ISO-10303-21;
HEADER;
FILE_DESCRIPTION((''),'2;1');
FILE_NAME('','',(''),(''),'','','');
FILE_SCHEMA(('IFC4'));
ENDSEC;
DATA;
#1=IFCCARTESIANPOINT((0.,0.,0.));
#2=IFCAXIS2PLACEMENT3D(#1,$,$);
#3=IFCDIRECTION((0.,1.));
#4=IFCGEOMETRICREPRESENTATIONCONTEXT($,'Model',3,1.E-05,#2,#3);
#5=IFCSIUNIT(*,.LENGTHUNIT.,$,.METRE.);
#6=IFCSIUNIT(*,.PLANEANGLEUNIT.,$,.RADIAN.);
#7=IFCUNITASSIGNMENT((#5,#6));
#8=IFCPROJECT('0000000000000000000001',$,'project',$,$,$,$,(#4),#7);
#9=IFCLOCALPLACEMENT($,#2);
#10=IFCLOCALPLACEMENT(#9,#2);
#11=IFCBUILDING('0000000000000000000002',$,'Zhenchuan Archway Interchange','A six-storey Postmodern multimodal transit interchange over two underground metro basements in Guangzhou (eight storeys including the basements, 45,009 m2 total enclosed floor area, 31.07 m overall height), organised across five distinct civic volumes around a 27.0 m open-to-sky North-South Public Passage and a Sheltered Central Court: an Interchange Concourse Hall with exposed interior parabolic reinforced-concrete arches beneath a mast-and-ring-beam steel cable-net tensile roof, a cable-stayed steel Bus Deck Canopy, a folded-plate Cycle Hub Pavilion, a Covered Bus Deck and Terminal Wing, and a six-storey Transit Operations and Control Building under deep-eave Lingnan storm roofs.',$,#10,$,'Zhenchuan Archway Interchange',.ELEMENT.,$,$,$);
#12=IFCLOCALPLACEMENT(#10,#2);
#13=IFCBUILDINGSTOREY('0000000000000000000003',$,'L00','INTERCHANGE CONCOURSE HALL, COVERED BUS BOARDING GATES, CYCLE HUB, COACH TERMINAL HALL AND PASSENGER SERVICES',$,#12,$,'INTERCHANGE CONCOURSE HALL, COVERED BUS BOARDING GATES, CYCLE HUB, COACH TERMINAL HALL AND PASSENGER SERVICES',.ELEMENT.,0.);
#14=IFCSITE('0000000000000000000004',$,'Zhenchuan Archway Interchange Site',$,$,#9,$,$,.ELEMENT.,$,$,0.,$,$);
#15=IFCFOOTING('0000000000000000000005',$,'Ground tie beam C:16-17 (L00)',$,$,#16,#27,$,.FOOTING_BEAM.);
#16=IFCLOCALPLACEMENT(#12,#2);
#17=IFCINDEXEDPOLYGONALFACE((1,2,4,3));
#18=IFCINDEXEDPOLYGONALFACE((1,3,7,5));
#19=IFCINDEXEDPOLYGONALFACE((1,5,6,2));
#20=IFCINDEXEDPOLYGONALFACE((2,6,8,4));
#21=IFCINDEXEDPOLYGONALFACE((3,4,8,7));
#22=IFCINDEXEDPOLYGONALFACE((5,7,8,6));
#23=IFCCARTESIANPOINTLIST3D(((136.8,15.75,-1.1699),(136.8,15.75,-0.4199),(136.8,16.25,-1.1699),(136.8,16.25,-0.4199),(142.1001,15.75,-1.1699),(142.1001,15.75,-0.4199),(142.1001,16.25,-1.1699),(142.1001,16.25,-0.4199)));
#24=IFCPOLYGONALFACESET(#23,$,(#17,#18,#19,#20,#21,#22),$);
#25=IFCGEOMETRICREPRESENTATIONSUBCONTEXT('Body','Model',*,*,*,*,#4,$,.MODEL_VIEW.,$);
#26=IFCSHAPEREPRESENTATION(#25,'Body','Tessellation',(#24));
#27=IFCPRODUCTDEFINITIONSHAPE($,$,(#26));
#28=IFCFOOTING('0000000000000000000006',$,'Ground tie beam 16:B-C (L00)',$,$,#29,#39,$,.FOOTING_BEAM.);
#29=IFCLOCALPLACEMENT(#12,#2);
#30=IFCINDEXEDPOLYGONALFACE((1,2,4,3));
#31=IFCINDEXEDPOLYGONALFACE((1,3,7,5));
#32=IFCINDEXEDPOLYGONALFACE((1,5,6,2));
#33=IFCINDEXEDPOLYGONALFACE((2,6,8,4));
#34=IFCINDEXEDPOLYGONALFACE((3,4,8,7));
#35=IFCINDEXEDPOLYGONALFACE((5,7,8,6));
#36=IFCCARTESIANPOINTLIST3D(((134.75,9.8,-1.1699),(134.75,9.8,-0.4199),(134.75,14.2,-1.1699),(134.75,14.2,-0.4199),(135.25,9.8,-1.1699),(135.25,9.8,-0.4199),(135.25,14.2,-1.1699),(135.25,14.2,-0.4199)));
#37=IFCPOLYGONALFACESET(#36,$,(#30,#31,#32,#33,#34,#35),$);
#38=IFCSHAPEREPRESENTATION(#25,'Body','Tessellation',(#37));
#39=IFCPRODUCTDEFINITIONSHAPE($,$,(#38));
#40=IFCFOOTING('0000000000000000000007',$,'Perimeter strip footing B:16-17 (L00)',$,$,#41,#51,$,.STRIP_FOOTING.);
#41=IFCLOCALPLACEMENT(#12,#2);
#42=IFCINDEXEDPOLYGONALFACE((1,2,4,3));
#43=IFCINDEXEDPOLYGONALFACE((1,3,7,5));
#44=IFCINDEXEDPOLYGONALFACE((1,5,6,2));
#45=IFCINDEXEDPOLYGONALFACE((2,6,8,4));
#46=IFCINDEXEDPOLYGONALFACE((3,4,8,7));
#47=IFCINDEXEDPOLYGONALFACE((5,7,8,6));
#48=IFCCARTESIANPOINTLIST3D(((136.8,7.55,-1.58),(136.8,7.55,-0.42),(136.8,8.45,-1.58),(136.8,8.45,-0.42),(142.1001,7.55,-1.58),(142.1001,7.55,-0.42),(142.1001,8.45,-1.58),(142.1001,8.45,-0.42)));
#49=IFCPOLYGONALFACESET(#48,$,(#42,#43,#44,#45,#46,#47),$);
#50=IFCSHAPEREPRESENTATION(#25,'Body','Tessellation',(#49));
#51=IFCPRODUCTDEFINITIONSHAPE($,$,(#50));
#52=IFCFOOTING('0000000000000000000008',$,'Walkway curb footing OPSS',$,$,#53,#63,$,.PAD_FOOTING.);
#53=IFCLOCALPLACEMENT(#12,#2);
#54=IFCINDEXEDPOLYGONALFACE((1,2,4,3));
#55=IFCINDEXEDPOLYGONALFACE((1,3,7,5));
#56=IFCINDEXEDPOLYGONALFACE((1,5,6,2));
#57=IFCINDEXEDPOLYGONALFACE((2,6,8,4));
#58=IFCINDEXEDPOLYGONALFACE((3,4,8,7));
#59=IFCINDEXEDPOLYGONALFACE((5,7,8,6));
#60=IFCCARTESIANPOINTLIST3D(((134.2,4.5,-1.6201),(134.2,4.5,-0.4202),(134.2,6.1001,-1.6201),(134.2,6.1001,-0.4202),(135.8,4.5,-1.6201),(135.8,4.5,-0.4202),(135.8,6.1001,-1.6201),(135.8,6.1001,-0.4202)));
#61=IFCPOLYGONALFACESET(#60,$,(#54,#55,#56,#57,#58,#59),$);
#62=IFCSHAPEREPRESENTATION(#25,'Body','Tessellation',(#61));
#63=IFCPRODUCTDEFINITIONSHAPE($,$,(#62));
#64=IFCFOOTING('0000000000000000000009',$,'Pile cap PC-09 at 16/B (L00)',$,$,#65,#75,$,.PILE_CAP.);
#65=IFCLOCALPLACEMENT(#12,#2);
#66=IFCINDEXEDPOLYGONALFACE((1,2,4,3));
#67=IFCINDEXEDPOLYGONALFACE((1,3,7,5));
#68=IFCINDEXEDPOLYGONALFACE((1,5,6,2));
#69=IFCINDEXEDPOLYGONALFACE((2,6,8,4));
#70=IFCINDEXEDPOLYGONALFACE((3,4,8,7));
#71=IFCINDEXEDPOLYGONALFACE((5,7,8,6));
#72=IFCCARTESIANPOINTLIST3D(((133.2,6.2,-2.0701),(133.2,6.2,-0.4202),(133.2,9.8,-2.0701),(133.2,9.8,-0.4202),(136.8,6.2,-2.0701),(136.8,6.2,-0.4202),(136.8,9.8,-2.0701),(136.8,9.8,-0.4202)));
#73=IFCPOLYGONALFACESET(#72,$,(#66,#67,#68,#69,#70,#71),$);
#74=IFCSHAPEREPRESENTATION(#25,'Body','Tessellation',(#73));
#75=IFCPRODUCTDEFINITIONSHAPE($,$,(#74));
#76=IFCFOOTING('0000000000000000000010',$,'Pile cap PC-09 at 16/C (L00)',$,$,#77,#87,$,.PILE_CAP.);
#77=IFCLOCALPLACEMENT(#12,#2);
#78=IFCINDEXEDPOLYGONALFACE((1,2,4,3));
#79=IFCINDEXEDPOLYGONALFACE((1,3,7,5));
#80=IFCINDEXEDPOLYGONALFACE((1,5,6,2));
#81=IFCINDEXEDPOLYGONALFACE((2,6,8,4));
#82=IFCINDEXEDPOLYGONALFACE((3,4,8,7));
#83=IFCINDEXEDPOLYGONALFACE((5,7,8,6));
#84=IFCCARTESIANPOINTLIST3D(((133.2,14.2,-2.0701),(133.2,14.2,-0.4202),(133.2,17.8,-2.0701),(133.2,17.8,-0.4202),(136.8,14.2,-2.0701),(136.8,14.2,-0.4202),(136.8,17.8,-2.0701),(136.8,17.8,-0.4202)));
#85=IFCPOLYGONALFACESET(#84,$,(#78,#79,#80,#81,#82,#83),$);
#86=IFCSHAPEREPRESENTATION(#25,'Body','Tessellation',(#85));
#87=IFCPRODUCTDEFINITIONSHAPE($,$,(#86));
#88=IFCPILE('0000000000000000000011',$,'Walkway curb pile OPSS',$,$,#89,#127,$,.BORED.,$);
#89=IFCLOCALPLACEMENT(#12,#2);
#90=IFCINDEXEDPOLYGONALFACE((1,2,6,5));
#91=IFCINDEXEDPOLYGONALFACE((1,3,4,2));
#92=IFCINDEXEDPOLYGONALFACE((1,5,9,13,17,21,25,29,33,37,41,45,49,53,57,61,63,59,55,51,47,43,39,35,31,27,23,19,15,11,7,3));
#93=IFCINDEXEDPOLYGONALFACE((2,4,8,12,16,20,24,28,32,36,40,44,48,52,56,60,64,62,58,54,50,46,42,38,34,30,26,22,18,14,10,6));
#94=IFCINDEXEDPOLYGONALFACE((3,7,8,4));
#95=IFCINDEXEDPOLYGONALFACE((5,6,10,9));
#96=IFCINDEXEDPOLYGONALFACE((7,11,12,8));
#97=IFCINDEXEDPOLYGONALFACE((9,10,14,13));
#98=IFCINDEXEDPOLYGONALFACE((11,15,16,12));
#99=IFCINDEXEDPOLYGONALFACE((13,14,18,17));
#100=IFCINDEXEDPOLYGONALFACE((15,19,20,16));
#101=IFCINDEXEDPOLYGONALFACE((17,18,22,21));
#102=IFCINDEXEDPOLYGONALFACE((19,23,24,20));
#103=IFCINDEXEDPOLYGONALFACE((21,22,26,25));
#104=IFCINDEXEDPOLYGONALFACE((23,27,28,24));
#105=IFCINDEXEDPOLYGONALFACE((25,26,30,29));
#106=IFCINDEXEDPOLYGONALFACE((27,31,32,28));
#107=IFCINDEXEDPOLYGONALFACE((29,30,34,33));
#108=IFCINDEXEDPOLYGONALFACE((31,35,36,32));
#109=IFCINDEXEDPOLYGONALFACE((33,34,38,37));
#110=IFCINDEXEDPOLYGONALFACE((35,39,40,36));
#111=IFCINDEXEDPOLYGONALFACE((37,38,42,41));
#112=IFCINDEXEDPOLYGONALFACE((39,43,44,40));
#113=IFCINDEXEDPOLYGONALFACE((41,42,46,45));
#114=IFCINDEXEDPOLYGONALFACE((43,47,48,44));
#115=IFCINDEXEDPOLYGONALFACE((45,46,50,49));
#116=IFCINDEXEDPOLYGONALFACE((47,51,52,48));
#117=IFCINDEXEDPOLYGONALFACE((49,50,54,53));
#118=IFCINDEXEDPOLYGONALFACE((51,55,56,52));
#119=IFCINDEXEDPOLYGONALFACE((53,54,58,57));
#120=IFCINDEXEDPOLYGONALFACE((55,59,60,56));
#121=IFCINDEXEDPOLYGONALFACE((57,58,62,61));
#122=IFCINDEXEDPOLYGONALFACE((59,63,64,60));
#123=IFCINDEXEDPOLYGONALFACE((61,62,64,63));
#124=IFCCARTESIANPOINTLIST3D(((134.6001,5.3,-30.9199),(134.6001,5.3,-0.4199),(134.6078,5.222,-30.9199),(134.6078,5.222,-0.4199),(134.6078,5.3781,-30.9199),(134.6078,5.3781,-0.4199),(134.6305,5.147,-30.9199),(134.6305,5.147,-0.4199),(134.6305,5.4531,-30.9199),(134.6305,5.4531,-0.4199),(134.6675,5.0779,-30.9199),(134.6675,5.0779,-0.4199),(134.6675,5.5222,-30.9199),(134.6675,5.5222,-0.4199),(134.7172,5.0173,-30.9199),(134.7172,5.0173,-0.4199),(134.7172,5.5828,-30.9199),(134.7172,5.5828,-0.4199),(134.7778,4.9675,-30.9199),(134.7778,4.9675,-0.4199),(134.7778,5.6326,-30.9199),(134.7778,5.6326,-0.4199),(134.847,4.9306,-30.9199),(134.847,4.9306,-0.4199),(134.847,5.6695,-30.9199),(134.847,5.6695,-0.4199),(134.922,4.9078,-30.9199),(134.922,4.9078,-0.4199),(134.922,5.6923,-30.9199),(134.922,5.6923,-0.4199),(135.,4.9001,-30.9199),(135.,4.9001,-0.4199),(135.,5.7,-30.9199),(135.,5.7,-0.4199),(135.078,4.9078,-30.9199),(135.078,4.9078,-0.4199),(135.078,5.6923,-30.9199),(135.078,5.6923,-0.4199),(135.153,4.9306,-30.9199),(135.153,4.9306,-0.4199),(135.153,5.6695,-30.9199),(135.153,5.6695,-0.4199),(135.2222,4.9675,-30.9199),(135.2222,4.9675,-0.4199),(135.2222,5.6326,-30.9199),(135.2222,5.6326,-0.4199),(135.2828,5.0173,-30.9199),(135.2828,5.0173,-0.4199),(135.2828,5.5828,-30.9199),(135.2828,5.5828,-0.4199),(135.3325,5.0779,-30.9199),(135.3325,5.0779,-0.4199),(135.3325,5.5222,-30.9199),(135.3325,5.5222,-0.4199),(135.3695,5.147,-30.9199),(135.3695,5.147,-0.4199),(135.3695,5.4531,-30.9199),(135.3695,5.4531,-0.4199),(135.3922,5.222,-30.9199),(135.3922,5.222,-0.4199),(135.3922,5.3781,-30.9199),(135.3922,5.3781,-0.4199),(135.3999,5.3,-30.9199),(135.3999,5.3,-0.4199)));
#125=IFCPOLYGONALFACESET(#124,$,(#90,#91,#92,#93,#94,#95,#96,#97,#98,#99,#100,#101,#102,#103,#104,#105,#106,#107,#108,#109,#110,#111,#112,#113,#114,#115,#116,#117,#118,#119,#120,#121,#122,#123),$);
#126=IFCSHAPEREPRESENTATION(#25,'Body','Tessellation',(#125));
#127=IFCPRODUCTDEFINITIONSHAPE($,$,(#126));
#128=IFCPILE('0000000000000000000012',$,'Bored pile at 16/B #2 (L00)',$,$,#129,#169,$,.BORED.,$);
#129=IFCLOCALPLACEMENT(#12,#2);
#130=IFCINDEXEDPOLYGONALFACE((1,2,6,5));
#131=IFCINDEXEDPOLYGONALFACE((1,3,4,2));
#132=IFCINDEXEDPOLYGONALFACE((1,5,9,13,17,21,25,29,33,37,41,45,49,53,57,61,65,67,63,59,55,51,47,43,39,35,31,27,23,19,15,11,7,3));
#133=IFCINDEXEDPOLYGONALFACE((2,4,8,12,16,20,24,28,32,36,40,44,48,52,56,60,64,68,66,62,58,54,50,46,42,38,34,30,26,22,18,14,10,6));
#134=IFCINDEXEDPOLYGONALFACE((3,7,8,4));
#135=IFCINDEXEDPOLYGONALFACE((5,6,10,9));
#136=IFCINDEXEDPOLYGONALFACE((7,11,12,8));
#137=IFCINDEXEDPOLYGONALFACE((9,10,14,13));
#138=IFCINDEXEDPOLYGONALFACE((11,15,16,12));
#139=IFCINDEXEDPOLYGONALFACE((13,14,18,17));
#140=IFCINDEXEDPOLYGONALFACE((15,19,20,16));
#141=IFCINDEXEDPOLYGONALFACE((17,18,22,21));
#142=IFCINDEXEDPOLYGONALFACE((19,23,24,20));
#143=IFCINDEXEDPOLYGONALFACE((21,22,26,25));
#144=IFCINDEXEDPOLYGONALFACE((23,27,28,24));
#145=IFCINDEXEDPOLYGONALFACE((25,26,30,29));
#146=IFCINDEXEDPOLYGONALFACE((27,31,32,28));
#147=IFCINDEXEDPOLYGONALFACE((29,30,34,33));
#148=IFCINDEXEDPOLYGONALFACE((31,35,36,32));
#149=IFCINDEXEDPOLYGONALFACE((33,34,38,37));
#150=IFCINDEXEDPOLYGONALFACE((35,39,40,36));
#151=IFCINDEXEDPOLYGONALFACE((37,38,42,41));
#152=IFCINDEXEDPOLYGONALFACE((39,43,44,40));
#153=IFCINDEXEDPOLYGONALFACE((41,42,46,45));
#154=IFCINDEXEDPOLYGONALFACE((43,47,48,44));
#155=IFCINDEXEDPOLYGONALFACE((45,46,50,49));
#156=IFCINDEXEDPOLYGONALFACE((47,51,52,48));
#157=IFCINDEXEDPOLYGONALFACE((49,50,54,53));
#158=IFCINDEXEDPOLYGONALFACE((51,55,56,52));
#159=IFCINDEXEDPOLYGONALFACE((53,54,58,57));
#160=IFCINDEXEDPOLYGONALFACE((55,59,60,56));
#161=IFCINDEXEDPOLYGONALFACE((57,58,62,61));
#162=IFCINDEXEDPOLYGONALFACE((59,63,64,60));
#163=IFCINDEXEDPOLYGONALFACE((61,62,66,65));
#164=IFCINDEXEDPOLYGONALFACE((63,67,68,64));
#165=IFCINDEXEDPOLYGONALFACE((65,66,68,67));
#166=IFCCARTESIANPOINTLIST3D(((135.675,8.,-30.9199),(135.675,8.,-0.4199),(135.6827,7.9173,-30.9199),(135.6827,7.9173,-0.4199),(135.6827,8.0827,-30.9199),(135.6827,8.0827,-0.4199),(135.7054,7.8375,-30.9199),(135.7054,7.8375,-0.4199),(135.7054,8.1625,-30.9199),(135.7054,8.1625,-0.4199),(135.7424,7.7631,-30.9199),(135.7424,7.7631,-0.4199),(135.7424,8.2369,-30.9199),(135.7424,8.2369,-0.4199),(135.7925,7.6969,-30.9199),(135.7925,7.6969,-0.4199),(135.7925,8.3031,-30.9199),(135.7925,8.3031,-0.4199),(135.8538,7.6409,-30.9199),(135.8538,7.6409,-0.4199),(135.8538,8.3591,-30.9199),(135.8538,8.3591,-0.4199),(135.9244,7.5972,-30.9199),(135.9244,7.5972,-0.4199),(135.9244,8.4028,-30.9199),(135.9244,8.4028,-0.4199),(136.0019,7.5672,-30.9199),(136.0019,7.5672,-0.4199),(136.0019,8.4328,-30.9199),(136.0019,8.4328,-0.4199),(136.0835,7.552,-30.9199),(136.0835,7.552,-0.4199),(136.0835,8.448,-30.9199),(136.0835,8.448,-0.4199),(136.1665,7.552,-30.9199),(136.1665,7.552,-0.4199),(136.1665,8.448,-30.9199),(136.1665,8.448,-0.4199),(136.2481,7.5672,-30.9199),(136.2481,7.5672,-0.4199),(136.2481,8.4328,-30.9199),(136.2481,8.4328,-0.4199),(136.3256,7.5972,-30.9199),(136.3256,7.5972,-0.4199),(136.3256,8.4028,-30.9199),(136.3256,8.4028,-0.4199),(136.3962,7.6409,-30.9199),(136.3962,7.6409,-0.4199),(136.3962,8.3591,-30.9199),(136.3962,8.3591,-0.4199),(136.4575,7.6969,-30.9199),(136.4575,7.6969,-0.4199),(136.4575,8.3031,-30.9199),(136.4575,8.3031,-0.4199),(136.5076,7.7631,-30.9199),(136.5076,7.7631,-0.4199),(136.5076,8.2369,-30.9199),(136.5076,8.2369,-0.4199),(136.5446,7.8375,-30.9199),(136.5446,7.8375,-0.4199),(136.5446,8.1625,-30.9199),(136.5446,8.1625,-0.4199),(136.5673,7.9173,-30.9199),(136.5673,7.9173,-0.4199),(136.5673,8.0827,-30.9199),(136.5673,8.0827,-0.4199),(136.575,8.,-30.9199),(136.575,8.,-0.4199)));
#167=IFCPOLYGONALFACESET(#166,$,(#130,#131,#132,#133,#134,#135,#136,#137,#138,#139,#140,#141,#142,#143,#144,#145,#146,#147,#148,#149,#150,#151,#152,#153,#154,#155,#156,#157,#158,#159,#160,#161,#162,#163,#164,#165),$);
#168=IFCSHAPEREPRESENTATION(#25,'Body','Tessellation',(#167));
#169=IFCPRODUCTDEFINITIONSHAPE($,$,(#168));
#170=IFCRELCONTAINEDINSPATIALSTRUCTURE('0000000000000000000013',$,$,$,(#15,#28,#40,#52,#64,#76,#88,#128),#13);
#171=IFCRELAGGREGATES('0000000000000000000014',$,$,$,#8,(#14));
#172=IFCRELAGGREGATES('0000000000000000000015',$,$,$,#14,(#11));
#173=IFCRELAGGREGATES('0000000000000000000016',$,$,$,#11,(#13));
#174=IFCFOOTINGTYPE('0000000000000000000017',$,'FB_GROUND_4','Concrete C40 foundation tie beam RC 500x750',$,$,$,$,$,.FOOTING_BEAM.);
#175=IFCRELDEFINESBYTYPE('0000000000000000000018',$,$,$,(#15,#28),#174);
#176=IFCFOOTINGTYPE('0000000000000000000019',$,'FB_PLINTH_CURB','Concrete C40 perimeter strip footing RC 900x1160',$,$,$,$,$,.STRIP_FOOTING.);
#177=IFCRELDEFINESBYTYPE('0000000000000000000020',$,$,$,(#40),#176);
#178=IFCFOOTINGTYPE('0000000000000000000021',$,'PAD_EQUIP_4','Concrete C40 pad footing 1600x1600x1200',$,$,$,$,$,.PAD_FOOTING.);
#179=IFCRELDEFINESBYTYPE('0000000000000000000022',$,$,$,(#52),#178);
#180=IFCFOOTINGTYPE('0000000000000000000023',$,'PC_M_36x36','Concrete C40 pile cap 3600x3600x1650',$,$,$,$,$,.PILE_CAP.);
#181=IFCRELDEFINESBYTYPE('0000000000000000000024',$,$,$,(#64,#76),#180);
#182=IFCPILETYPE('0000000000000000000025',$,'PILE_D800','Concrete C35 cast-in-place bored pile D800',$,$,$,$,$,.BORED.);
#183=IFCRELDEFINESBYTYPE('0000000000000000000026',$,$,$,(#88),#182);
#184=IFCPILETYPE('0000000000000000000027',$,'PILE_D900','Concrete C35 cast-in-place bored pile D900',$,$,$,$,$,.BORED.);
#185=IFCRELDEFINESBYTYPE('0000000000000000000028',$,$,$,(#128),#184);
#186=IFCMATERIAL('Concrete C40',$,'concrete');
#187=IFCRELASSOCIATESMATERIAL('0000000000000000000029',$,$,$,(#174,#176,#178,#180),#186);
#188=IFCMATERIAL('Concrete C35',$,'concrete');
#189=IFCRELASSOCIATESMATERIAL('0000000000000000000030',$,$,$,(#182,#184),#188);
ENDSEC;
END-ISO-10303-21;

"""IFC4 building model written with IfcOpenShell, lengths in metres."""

from ifc_helpers import new_model, si_unit, direction, frame, origin, origin_2d, place, context, subcontext, project, spatial, rectangle, circle, extrude, material, material_profile, profile_set, type_object, element, save


model = new_model("IFC4")

# Units and contexts
model_context = context("Model", 3, precision=1e-05, world=origin(), true_north=direction((0.0, 1.0)))
body_context = subcontext(model_context, "Body", "Model", "MODEL_VIEW")
ifc_project = project(units=[si_unit("LENGTHUNIT", "METRE"), si_unit("PLANEANGLEUNIT", "RADIAN")], contexts=[model_context])

# Site, building, storey
site_placement = place(None, origin())
site = spatial("IfcSite", under=ifc_project, at=site_placement, Name="Zhenchuan Archway Interchange Site", CompositionType="ELEMENT", RefElevation=0.0)
building_placement = place(site_placement, origin())
building = spatial("IfcBuilding", under=site, at=building_placement, Name="Zhenchuan Archway Interchange", Description="A six-storey Postmodern multimodal transit interchange over two underground metro basements in Guangzhou (eight storeys including the basements, 45,009 m2 total enclosed floor area, 31.07 m overall height), organised across five distinct civic volumes around a 27.0 m open-to-sky North-South Public Passage and a Sheltered Central Court: an Interchange Concourse Hall with exposed interior parabolic reinforced-concrete arches beneath a mast-and-ring-beam steel cable-net tensile roof, a cable-stayed steel Bus Deck Canopy, a folded-plate Cycle Hub Pavilion, a Covered Bus Deck and Terminal Wing, and a six-storey Transit Operations and Control Building under deep-eave Lingnan storm roofs.", LongName="Zhenchuan Archway Interchange", CompositionType="ELEMENT")
storey_placement = place(building_placement, origin())
storey = spatial("IfcBuildingStorey", under=building, at=storey_placement, Name="L00", Description="INTERCHANGE CONCOURSE HALL, COVERED BUS BOARDING GATES, CYCLE HUB, COACH TERMINAL HALL AND PASSENGER SERVICES", LongName="INTERCHANGE CONCOURSE HALL, COVERED BUS BOARDING GATES, CYCLE HUB, COACH TERMINAL HALL AND PASSENGER SERVICES", CompositionType="ELEMENT", Elevation=0.0)

# Footings
ifc_material_1 = material(Name="Concrete C40", Category="concrete")
ifc_material_profile_1 = material_profile(ifc_material_1, rectangle(XDim=0.5, YDim=0.75, at=origin_2d()), Name="RC 500x750")
ifc_profile_set_1 = profile_set([ifc_material_profile_1], Name="Concrete C40")
footing_type_1 = type_object("IfcFootingType", Name="FB_GROUND_4", Description="Concrete C40 foundation tie beam RC 500x750", PredefinedType="FOOTING_BEAM", material=ifc_profile_set_1)
footing_1_placement = place(storey_placement, frame((136.8, 16.0, -0.7949), z_axis=(1.0, 0.0, 0.0), x_axis=(0.0, 1.0, 0.0)))
element("IfcFooting", 1, at=footing_1_placement, inside=storey, type_object=footing_type_1, Name="Ground tie beam C:16-17 (L00)", PredefinedType="FOOTING_BEAM", context=body_context, shape_type="SweptSolid", body=[
    extrude(rectangle(XDim=0.5, YDim=0.75, at=origin_2d()), origin(), (0.0, 0.0, 1.0), 5.3),
])
footing_2_placement = place(storey_placement, frame((135.0, 9.8, -0.7949), z_axis=(0.0, 1.0, 0.0), x_axis=(-1.0, 0.0, 0.0)))
element("IfcFooting", 2, at=footing_2_placement, inside=storey, type_object=footing_type_1, Name="Ground tie beam 16:B-C (L00)", PredefinedType="FOOTING_BEAM", context=body_context, shape_type="SweptSolid", body=[
    extrude(rectangle(XDim=0.5, YDim=0.75, at=origin_2d()), origin(), (0.0, 0.0, 1.0), 4.3999),
])
ifc_material_profile_2 = material_profile(ifc_material_1, rectangle(XDim=0.8999, YDim=1.1599, at=origin_2d()), Name="RC 900x1160")
ifc_profile_set_2 = profile_set([ifc_material_profile_2], Name="Concrete C40")
footing_type_2 = type_object("IfcFootingType", Name="FB_PLINTH_CURB", Description="Concrete C40 perimeter strip footing RC 900x1160", PredefinedType="STRIP_FOOTING", material=ifc_profile_set_2)
footing_3_placement = place(storey_placement, frame((136.8, 8.0, -1.0), z_axis=(1.0, 0.0, 0.0), x_axis=(0.0, 1.0, 0.0)))
element("IfcFooting", 3, at=footing_3_placement, inside=storey, type_object=footing_type_2, Name="Perimeter strip footing B:16-17 (L00)", PredefinedType="STRIP_FOOTING", context=body_context, shape_type="SweptSolid", body=[
    extrude(rectangle(XDim=0.8999, YDim=1.1599, at=origin_2d()), origin(), (0.0, 0.0, 1.0), 5.3),
])
footing_type_3 = type_object("IfcFootingType", Name="PAD_EQUIP_4", Description="Concrete C40 pad footing 1600x1600x1200", PredefinedType="PAD_FOOTING", material=ifc_material_1)
footing_4_placement = place(storey_placement, frame((135.0, 5.3, -1.6201), z_axis=(0.0, 0.0, 1.0), x_axis=(1.0, 0.0, 0.0)))
element("IfcFooting", 4, at=footing_4_placement, inside=storey, type_object=footing_type_3, Name="Walkway curb footing OPSS", PredefinedType="PAD_FOOTING", context=body_context, shape_type="SweptSolid", body=[
    extrude(rectangle(XDim=1.6001, YDim=1.6001, at=origin_2d()), origin(), (0.0, 0.0, 1.0), 1.2),
])
footing_type_4 = type_object("IfcFootingType", Name="PC_M_36x36", Description="Concrete C40 pile cap 3600x3600x1650", PredefinedType="PILE_CAP", material=ifc_material_1)
for number, where, z_axis, x_axis, name in (
    (5, (135.0, 8.0, -2.0701), (0.0, 0.0, 1.0), (1.0, 0.0, 0.0), "Pile cap PC-09 at 16/B (L00)"),
    (6, (135.0, 16.0, -2.0701), (0.0, 0.0, 1.0), (1.0, 0.0, 0.0), "Pile cap PC-09 at 16/C (L00)"),
):
    element("IfcFooting", number, at=place(storey_placement, frame(where, z_axis=z_axis, x_axis=x_axis)), inside=storey, type_object=footing_type_4, Name=name, PredefinedType="PILE_CAP", context=body_context, shape_type="SweptSolid", body=[
        extrude(rectangle(XDim=3.6001, YDim=3.6001, at=origin_2d()), origin(), (0.0, 0.0, 1.0), 1.6499),
    ])

# Piles
ifc_material_2 = material(Name="Concrete C35", Category="concrete")
ifc_material_profile_3 = material_profile(ifc_material_2, circle(Radius=0.3999, at=origin_2d()), Name="BORED PILE 800")
ifc_profile_set_3 = profile_set([ifc_material_profile_3], Name="Concrete C35")
pile_type_1 = type_object("IfcPileType", Name="PILE_D800", Description="Concrete C35 cast-in-place bored pile D800", PredefinedType="BORED", material=ifc_profile_set_3)
pile_placement = place(storey_placement, frame((135.0, 5.3, -0.4199), z_axis=(0.0, 0.0, -1.0), x_axis=(1.0, 0.0, 0.0)))
element("IfcPile", 7, at=pile_placement, inside=storey, type_object=pile_type_1, Name="Walkway curb pile OPSS", PredefinedType="BORED", context=body_context, shape_type="SweptSolid", body=[
    extrude(circle(Radius=0.3999, at=origin_2d()), origin(), (0.0, 0.0, 1.0), 30.5),
])
ifc_material_profile_4 = material_profile(ifc_material_2, circle(Radius=0.45, at=origin_2d()), Name="BORED PILE 900")
ifc_profile_set_4 = profile_set([ifc_material_profile_4], Name="Concrete C35")
pile_type_2 = type_object("IfcPileType", Name="PILE_D900", Description="Concrete C35 cast-in-place bored pile D900", PredefinedType="BORED", material=ifc_profile_set_4)
for number, where, z_axis, x_axis, name in (
    (8, (136.125, 8.0, -0.4199), (0.0, 0.0, -1.0), (1.0, 0.0, 0.0), "Bored pile at 16/B #2 (L00)"),
):
    element("IfcPile", number, at=place(storey_placement, frame(where, z_axis=z_axis, x_axis=x_axis)), inside=storey, type_object=pile_type_2, Name=name, PredefinedType="BORED", context=body_context, shape_type="SweptSolid", body=[
        extrude(circle(Radius=0.45, at=origin_2d()), origin(), (0.0, 0.0, 1.0), 30.5),
    ])

save(model, "model.ifc")
